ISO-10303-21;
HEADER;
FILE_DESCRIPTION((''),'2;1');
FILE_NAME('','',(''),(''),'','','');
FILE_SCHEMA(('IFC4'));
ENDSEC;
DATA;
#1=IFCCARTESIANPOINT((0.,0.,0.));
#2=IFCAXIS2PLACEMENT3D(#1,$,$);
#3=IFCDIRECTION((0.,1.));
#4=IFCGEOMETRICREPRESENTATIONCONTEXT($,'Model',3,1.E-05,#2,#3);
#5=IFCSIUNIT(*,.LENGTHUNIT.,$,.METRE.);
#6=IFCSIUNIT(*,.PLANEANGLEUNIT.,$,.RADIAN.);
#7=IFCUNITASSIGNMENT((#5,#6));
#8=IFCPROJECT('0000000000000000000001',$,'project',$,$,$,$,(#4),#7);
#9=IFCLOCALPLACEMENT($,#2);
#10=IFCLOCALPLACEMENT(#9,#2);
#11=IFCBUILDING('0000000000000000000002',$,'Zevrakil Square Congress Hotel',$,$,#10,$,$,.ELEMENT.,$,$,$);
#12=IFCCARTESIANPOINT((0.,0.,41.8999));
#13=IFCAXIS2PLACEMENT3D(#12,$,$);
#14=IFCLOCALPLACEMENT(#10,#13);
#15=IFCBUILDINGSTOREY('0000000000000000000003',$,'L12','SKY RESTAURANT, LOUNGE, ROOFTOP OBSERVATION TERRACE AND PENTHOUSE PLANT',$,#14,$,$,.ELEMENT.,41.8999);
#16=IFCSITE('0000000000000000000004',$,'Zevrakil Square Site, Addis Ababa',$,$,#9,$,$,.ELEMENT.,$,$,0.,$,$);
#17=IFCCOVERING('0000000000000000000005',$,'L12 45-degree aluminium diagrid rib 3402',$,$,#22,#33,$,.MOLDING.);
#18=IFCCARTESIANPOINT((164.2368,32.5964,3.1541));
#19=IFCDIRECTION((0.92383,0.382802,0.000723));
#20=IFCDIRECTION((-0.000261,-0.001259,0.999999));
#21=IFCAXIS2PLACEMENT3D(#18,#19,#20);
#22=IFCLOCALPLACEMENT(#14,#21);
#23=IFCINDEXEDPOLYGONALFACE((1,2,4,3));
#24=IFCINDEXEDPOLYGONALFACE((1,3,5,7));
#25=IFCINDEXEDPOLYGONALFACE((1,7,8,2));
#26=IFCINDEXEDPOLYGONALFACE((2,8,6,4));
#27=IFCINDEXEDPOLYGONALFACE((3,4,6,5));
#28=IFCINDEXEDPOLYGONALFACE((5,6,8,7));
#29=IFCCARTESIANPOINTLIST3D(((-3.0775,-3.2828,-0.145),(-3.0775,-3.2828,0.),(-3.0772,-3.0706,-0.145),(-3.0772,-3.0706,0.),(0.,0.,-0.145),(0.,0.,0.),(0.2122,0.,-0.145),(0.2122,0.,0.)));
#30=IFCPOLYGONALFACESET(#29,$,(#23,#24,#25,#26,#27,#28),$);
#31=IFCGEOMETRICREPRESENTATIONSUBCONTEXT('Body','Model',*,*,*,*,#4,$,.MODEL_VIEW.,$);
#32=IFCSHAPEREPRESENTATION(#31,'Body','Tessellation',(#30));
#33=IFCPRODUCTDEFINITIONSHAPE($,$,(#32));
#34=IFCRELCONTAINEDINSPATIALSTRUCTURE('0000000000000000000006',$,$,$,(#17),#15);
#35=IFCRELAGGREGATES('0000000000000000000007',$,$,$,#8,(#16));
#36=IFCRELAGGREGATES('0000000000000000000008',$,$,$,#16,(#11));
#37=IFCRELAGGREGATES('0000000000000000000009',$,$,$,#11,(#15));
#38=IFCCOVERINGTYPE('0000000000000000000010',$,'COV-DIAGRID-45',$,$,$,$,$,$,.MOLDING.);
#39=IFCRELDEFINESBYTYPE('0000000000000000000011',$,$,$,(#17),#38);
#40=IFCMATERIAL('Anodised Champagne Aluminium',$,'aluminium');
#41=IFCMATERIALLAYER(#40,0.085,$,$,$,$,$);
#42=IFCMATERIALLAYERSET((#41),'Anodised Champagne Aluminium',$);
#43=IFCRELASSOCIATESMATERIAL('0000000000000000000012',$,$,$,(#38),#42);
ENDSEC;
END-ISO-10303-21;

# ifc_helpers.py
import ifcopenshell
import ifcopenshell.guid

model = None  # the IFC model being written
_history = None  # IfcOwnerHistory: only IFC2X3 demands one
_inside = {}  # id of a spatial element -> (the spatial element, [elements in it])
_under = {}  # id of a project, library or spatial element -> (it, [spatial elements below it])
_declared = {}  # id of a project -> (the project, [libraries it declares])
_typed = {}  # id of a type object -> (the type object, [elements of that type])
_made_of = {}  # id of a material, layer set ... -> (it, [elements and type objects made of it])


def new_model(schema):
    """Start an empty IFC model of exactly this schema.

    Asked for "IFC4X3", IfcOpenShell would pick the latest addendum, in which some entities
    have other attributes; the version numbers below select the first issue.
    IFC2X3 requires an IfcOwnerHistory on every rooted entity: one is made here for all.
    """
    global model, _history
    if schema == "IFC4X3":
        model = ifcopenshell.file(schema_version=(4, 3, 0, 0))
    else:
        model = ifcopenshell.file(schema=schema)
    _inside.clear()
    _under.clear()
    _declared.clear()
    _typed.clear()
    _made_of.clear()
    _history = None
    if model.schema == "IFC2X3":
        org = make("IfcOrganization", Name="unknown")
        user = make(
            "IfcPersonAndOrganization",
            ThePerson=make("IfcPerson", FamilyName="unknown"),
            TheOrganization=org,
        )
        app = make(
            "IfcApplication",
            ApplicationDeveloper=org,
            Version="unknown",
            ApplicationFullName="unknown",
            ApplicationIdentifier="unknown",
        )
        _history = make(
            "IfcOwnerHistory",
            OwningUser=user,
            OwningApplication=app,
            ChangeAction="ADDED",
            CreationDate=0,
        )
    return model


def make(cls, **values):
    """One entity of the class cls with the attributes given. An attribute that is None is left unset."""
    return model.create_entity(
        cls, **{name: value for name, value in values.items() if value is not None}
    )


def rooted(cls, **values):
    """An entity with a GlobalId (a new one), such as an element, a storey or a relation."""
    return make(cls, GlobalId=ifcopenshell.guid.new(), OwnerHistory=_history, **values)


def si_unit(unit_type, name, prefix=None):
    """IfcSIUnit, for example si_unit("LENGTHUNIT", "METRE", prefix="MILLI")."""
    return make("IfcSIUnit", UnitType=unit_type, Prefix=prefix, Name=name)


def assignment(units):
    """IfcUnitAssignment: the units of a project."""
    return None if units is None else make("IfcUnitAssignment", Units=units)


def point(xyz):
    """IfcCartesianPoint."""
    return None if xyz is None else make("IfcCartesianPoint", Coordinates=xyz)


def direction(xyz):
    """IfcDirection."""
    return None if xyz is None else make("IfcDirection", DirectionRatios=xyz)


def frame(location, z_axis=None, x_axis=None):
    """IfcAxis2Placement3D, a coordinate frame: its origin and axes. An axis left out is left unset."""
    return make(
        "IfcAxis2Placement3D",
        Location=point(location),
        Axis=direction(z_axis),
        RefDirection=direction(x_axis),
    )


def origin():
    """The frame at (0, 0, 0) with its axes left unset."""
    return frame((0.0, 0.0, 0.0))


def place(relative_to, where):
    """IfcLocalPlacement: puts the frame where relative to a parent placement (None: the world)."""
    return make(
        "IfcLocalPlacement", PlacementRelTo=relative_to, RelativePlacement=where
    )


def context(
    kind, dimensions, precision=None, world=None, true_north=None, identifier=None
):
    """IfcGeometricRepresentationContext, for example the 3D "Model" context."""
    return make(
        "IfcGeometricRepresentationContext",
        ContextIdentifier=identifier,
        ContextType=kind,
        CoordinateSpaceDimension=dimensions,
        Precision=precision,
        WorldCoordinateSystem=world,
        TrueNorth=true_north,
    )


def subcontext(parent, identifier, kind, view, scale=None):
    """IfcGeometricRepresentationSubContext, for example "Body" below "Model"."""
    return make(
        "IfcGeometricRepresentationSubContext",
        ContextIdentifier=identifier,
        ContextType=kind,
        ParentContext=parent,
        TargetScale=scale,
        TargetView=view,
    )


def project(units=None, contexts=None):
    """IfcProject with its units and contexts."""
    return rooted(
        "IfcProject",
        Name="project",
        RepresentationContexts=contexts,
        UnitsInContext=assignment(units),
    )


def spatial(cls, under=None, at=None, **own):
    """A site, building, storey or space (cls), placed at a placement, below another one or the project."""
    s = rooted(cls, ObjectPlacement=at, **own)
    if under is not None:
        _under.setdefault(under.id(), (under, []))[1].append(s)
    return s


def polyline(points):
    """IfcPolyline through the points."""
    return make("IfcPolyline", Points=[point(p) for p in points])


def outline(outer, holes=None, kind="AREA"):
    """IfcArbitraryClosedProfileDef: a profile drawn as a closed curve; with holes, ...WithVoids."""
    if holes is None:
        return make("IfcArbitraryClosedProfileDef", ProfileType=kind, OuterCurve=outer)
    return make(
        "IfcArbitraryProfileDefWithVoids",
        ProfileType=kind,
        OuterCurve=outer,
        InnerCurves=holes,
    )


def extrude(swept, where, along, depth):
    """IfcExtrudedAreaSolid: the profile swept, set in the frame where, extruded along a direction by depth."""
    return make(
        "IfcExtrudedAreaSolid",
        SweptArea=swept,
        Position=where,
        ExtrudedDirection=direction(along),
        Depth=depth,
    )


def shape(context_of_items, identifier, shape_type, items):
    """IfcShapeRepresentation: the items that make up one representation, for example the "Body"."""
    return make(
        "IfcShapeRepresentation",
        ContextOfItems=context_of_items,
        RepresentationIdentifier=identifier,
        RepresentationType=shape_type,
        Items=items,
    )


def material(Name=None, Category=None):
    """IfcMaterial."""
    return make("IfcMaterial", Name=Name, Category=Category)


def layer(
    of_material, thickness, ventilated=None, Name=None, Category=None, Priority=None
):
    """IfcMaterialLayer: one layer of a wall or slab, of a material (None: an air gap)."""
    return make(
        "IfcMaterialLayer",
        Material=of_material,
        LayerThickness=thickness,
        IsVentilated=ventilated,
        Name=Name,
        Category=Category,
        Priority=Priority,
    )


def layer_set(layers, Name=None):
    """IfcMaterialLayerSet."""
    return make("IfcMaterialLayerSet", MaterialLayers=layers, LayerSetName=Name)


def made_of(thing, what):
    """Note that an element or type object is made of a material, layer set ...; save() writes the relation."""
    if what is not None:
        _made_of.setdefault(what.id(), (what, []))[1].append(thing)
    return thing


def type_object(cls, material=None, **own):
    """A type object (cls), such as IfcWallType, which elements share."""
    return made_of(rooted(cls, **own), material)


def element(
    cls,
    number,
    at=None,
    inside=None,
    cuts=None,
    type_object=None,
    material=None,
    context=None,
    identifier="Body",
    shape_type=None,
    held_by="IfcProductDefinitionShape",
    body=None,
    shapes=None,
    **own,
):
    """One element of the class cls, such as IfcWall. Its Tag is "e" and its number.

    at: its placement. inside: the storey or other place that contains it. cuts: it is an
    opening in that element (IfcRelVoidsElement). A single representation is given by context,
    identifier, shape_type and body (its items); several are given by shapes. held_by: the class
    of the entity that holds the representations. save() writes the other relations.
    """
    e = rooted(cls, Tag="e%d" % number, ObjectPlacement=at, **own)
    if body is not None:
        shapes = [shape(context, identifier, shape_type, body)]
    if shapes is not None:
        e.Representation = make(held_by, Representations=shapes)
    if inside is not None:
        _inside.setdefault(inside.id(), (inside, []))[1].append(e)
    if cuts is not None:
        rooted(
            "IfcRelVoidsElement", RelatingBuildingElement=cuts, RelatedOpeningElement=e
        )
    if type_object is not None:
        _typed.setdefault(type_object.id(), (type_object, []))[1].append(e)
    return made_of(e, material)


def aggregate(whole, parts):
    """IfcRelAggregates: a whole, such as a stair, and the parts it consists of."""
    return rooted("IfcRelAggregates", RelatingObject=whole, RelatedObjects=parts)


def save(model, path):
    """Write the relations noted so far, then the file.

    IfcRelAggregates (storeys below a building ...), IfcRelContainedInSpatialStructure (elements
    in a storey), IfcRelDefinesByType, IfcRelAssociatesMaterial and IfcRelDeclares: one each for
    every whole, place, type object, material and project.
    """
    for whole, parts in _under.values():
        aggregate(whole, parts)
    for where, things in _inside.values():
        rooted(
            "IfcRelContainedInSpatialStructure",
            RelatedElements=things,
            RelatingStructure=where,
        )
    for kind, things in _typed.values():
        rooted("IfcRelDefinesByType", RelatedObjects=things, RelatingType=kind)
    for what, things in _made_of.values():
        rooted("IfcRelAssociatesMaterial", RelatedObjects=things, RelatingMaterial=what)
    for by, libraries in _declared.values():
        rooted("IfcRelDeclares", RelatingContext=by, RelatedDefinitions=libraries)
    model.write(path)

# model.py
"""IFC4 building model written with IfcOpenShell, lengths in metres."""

from ifc_helpers import new_model, si_unit, direction, frame, origin, place, context, subcontext, project, spatial, polyline, outline, extrude, material, layer, layer_set, type_object, element, save


model = new_model("IFC4")

# Units and contexts
model_context = context("Model", 3, precision=1e-05, world=origin(), true_north=direction((0.0, 1.0)))
body_context = subcontext(model_context, "Body", "Model", "MODEL_VIEW")
ifc_project = project(units=[si_unit("LENGTHUNIT", "METRE"), si_unit("PLANEANGLEUNIT", "RADIAN")], contexts=[model_context])

# Site, building, storey
site_placement = place(None, origin())
site = spatial("IfcSite", under=ifc_project, at=site_placement, Name="Zevrakil Square Site, Addis Ababa", CompositionType="ELEMENT", RefElevation=0.0)
building_placement = place(site_placement, origin())
building = spatial("IfcBuilding", under=site, at=building_placement, Name="Zevrakil Square Congress Hotel", CompositionType="ELEMENT")
storey_placement = place(building_placement, frame((0.0, 0.0, 41.8999)))
storey = spatial("IfcBuildingStorey", under=building, at=storey_placement, Name="L12", Description="SKY RESTAURANT, LOUNGE, ROOFTOP OBSERVATION TERRACE AND PENTHOUSE PLANT", CompositionType="ELEMENT", Elevation=41.8999)

# Covering
ifc_material_1 = material(Name="Anodised Champagne Aluminium", Category="aluminium")
ifc_layer_1 = layer(ifc_material_1, 0.085)
ifc_layer_set_1 = layer_set([ifc_layer_1], Name="Anodised Champagne Aluminium")
covering_type_1 = type_object("IfcCoveringType", Name="COV-DIAGRID-45", PredefinedType="MOLDING", material=ifc_layer_set_1)
covering_1_placement = place(storey_placement, frame((164.2368, 32.5964, 3.1541), z_axis=(0.92383, 0.382802, 0.000723), x_axis=(-0.000261, -0.001259, 0.999999)))
element("IfcCovering", 1, at=covering_1_placement, inside=storey, type_object=covering_type_1, Name="L12 45-degree aluminium diagrid rib 3402", PredefinedType="MOLDING", context=body_context, shape_type="SweptSolid", body=[
    extrude(outline(polyline([(0.0, 0.0), (0.2122, 0.0), (-3.0775, -3.2828), (-3.0772, -3.0706), (0.0, 0.0)])), origin(), (0.0, 0.0, -1.0), 0.145),
])

save(model, "model.ifc")
